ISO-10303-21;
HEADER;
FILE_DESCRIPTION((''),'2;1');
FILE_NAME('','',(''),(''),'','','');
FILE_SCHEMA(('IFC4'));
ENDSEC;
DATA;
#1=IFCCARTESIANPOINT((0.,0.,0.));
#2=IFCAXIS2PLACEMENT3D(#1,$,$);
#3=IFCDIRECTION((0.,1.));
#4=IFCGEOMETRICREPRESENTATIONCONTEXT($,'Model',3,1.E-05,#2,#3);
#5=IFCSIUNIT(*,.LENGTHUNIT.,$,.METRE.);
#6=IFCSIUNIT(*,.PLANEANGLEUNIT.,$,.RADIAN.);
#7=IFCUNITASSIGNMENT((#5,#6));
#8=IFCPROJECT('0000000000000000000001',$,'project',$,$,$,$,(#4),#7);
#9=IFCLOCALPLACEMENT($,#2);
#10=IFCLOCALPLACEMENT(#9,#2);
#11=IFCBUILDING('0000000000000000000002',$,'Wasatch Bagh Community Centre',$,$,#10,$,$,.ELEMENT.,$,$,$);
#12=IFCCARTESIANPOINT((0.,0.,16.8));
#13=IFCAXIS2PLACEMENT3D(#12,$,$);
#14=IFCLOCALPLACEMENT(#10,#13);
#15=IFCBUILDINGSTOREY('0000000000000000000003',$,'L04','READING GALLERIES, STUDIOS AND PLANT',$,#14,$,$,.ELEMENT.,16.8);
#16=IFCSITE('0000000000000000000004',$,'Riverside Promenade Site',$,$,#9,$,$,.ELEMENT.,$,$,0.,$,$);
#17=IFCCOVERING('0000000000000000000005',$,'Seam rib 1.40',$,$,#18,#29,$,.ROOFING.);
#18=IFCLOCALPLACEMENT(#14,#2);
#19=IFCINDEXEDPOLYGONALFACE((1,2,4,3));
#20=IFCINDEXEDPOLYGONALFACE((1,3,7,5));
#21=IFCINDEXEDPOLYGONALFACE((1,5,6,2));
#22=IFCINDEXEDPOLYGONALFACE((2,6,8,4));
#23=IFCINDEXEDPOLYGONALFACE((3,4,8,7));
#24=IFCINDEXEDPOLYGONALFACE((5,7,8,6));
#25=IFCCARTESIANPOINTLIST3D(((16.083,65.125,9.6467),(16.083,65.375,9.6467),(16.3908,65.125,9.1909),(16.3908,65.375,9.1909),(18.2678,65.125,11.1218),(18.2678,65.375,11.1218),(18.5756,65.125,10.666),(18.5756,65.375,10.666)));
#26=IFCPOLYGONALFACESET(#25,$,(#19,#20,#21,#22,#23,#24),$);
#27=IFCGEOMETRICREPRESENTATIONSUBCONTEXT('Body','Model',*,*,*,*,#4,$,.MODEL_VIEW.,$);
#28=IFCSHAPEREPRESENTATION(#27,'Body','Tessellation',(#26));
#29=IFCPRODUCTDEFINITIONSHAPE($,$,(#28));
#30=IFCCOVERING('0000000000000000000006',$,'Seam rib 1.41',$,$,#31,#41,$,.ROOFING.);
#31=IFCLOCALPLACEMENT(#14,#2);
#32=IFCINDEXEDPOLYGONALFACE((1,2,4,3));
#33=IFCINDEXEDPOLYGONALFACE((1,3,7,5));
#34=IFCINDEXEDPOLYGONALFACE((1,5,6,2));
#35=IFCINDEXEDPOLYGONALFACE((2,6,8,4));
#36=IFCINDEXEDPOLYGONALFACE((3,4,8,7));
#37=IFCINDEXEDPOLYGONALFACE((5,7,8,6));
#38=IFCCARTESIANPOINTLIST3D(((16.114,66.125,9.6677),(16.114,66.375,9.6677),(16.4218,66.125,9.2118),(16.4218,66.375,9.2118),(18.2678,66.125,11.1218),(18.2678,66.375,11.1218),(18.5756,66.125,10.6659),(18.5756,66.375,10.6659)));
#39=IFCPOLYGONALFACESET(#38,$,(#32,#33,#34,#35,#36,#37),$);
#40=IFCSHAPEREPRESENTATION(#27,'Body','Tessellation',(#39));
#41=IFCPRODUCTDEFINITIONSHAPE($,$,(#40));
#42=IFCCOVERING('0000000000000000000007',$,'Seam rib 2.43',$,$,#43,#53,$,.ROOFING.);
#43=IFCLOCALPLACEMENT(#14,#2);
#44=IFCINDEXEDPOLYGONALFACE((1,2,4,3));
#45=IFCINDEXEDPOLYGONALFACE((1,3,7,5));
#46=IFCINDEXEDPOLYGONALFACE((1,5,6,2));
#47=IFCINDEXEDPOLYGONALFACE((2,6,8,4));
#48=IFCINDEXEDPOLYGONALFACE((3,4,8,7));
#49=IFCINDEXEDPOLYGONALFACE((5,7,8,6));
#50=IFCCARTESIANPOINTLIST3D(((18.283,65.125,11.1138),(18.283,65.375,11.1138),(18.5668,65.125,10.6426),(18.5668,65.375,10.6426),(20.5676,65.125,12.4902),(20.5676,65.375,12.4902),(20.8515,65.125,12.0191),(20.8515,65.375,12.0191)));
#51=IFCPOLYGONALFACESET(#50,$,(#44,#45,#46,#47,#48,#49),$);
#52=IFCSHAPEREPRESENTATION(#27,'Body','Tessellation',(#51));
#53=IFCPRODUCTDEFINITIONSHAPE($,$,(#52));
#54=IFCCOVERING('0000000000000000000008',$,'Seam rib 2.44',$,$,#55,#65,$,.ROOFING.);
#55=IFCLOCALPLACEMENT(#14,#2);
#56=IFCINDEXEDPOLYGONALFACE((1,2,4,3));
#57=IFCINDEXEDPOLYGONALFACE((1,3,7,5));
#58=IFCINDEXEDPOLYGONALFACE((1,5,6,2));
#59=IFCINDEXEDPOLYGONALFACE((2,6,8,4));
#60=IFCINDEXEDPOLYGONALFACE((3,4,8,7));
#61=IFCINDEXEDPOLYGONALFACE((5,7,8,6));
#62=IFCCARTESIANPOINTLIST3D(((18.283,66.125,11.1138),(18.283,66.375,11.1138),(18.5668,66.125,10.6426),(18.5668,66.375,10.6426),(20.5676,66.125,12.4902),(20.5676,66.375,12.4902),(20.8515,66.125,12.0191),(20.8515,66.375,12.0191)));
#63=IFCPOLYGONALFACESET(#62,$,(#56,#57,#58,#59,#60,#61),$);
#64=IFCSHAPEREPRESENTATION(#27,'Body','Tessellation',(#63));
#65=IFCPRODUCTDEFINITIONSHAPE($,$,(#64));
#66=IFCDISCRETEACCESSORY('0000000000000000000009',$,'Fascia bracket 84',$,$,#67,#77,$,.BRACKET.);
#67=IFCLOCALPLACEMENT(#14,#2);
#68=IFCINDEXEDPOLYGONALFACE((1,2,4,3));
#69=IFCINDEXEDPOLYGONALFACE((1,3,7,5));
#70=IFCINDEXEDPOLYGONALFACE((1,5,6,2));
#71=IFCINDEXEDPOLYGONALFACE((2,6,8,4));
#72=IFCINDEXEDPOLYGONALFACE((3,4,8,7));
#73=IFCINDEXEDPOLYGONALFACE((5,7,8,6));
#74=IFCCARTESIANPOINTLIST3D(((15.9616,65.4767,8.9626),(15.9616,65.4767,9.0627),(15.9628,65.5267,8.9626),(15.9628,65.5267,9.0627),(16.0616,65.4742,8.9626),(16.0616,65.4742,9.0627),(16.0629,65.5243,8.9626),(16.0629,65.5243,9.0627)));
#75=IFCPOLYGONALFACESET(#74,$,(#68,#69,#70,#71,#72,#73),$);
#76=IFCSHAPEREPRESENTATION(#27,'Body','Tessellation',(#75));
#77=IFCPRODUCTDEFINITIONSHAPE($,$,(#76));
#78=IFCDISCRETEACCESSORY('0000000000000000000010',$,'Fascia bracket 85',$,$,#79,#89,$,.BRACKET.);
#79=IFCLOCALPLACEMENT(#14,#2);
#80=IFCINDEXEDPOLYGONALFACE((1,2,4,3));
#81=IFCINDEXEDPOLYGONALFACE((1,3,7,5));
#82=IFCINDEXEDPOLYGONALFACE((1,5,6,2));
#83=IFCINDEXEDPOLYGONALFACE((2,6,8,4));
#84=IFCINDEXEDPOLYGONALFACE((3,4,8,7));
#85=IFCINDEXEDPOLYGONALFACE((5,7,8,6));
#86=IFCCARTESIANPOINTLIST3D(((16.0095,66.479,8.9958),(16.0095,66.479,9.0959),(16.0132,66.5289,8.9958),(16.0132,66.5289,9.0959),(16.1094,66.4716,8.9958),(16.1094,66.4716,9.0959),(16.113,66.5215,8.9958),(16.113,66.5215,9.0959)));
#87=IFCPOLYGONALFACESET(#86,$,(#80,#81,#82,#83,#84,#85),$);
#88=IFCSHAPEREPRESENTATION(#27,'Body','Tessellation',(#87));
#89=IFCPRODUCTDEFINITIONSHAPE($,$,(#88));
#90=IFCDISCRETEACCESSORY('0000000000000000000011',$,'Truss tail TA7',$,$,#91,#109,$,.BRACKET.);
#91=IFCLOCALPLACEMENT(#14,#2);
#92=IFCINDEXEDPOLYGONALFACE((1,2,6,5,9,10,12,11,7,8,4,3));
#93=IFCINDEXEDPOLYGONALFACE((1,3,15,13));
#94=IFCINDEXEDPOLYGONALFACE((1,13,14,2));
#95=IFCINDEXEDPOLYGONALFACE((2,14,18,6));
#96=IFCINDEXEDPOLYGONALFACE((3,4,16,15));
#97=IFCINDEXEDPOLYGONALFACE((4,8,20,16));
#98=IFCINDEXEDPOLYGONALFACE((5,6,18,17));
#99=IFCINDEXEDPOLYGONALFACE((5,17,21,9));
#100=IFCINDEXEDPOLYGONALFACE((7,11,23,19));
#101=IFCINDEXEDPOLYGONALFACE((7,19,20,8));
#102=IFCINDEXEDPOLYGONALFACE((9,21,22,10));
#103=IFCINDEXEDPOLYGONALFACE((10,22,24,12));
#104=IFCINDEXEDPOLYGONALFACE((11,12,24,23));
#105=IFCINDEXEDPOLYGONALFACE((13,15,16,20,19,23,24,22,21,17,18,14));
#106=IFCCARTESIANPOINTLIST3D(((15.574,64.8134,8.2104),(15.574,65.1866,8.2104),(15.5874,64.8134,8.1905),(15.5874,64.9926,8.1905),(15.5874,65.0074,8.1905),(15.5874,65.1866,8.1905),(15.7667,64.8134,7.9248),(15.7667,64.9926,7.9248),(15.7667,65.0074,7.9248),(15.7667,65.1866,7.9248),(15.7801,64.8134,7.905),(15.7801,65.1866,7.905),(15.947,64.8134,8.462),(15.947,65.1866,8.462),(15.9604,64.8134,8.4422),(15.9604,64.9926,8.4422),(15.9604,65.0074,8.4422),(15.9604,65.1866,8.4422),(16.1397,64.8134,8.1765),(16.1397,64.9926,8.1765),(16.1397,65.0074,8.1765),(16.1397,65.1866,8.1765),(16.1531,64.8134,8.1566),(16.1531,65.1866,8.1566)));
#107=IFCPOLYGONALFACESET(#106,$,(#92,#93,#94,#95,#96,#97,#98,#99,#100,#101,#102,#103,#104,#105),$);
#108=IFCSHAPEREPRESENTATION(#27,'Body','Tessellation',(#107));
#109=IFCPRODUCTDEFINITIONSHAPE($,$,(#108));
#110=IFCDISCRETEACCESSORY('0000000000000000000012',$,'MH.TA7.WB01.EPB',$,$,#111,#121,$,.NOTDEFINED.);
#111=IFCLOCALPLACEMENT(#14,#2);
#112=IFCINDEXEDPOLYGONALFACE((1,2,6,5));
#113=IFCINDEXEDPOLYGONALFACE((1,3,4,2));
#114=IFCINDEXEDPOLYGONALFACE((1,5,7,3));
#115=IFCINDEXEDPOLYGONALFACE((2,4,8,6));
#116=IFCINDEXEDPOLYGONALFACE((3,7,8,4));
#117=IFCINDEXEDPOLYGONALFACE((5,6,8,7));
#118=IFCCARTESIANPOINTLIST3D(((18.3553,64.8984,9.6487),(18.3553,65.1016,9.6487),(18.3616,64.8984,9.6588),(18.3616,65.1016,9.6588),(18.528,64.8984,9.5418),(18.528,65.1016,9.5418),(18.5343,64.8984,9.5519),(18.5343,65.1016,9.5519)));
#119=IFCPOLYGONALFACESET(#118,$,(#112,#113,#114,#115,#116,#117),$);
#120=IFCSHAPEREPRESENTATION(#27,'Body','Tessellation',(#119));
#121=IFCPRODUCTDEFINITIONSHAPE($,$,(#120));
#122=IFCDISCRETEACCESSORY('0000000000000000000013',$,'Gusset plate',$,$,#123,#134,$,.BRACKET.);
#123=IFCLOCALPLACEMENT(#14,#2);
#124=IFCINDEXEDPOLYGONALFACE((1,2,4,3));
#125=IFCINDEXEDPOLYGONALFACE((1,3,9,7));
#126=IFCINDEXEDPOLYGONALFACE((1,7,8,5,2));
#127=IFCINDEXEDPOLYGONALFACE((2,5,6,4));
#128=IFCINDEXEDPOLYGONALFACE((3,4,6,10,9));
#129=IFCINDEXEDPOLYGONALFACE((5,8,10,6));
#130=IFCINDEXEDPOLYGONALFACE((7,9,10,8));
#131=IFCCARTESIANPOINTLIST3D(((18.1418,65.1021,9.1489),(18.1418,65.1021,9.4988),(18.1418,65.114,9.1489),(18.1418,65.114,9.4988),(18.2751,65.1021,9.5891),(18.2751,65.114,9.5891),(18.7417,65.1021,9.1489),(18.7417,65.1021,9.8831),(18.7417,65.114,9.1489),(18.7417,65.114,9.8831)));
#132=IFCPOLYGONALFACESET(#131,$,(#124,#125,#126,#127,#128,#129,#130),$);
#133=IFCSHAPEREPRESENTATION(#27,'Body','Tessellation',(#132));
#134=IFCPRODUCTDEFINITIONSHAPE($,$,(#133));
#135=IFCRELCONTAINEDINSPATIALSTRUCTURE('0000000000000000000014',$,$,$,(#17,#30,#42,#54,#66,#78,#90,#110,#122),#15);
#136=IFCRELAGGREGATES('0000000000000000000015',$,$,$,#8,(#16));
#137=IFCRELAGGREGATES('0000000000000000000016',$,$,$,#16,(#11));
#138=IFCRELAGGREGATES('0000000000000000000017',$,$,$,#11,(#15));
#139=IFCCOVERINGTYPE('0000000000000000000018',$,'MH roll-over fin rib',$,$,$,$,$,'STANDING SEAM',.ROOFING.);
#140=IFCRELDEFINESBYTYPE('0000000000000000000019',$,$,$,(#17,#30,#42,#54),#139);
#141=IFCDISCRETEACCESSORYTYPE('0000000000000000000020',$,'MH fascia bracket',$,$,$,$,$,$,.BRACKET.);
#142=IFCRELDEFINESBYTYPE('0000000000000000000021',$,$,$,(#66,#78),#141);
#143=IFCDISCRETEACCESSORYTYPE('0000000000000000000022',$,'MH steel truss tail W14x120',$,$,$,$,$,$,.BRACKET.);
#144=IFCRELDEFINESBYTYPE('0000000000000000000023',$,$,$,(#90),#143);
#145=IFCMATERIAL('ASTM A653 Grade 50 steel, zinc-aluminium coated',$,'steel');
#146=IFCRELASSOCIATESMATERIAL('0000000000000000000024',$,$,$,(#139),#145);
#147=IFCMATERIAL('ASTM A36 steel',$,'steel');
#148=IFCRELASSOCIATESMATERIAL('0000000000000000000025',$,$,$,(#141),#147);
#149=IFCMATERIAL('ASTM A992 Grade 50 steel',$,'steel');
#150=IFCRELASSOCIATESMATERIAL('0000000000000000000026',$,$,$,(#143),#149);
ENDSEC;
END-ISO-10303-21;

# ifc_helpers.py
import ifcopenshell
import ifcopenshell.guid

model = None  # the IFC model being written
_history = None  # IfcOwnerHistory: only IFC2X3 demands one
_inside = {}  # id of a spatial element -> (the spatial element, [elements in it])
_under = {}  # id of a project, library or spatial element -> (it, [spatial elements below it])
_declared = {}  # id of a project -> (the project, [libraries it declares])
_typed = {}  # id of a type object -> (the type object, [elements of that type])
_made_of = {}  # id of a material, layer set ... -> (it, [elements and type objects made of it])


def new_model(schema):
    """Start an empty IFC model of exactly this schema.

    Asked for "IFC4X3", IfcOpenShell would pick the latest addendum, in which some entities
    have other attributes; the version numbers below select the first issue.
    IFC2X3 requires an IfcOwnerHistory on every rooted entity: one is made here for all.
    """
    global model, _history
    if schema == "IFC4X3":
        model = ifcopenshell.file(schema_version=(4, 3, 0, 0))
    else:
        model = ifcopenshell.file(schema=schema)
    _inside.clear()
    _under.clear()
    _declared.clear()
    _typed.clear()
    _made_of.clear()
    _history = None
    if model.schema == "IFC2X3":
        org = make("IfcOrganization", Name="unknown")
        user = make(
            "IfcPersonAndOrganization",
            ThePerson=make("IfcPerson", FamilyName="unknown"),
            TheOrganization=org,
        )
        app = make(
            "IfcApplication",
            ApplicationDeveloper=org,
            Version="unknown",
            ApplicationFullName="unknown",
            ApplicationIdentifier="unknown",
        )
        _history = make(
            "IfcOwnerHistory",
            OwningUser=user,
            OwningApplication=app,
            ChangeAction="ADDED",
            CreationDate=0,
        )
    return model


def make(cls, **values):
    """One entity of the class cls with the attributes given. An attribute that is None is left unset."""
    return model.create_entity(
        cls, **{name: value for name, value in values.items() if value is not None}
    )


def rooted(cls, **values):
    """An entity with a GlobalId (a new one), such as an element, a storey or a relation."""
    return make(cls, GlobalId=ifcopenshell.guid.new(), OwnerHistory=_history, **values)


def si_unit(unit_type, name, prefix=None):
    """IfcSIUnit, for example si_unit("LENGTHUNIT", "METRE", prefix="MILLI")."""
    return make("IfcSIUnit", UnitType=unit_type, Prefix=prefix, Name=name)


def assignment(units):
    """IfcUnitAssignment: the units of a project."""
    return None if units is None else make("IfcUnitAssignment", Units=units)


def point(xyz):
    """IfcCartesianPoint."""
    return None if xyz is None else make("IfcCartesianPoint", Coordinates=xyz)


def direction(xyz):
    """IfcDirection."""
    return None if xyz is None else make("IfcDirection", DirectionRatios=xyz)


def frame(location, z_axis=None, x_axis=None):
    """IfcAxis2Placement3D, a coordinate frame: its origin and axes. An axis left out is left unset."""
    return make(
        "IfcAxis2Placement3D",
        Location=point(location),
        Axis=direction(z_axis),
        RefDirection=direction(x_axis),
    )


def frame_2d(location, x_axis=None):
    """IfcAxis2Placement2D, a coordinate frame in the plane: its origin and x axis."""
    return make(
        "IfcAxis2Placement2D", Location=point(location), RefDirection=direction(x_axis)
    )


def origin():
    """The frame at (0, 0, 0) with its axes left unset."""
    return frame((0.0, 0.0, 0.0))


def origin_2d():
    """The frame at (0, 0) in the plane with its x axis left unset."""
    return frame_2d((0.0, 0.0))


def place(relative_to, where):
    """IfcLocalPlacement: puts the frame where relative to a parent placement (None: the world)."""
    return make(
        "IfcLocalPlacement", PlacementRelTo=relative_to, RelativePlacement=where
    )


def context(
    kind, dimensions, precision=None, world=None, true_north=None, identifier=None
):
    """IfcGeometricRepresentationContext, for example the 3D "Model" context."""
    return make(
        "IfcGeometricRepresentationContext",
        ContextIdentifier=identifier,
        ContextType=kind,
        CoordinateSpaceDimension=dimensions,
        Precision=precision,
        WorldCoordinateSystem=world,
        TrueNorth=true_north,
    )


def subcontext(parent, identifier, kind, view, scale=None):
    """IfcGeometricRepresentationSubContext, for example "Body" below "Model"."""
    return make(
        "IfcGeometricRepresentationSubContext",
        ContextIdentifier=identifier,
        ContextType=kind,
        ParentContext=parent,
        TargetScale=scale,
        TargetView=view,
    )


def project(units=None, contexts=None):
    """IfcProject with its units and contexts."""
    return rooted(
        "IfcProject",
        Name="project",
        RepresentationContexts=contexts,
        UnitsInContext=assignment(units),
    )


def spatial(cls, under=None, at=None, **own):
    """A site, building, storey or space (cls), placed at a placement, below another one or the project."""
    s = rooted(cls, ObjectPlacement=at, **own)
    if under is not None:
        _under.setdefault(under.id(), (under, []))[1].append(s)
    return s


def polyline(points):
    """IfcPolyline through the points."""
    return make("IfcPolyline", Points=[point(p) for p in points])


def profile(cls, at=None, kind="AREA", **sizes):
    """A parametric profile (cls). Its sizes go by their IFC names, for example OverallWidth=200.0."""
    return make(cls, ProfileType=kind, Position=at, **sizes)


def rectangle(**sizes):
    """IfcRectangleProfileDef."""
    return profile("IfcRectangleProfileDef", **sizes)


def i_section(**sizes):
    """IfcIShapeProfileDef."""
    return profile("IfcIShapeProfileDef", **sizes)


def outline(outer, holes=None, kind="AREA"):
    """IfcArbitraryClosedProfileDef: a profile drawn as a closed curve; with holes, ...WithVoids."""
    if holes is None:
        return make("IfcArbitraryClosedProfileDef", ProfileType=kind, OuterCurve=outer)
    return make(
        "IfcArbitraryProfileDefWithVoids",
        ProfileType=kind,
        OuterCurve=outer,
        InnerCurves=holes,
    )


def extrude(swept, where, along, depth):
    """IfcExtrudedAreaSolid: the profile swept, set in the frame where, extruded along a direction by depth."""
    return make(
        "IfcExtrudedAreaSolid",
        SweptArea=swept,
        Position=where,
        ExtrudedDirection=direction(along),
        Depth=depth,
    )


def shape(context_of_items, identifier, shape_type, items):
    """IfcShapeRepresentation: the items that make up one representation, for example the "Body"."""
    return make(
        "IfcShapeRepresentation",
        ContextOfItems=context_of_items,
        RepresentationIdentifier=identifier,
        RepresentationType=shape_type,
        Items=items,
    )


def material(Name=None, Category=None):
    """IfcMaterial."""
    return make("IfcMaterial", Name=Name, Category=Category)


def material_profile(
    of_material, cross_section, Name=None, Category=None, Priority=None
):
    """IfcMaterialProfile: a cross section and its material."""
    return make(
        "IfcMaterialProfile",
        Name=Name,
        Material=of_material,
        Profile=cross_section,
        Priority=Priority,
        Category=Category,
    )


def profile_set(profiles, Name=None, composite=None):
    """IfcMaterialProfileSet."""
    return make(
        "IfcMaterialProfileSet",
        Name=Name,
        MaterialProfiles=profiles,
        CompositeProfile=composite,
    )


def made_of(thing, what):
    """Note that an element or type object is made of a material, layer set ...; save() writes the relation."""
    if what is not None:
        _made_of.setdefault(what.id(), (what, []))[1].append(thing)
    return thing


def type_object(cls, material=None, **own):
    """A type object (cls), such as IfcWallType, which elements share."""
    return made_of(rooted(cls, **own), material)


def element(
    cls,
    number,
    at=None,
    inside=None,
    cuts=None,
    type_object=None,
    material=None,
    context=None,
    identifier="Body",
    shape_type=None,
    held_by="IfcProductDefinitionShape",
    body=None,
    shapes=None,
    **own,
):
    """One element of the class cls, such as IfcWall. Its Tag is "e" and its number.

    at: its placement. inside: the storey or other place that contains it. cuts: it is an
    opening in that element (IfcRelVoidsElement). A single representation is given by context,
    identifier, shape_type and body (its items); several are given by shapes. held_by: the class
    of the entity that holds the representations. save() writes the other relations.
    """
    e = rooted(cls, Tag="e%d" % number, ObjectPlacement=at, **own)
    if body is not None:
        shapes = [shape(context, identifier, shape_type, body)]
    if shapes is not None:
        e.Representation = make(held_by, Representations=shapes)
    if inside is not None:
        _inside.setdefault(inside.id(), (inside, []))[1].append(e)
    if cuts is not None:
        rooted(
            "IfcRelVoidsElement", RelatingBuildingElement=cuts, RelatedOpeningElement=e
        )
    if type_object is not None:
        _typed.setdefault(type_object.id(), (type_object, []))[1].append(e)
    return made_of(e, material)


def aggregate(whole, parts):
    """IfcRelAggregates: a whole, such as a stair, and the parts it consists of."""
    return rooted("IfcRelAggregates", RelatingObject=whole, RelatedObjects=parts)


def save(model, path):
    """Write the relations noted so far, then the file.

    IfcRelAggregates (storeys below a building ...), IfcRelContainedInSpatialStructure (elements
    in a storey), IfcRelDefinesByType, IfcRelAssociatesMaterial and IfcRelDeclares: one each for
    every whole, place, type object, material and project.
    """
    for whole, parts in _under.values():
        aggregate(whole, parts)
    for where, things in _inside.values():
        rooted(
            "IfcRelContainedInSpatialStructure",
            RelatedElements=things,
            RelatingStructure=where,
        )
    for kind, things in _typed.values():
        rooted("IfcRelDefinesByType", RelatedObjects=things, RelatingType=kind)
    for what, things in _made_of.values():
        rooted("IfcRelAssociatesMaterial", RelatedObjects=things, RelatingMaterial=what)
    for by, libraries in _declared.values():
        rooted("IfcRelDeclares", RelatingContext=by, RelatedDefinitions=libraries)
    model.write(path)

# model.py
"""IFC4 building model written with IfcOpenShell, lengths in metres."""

from ifc_helpers import new_model, si_unit, direction, frame, origin, origin_2d, place, context, subcontext, project, spatial, polyline, rectangle, i_section, outline, extrude, material, material_profile, profile_set, type_object, element, save


model = new_model("IFC4")

# Units and contexts
model_context = context("Model", 3, precision=1e-05, world=origin(), true_north=direction((0.0, 1.0)))
body_context = subcontext(model_context, "Body", "Model", "MODEL_VIEW")
ifc_project = project(units=[si_unit("LENGTHUNIT", "METRE"), si_unit("PLANEANGLEUNIT", "RADIAN")], contexts=[model_context])

# Site, building, storey
site_placement = place(None, origin())
site = spatial("IfcSite", under=ifc_project, at=site_placement, Name="Riverside Promenade Site", CompositionType="ELEMENT", RefElevation=0.0)
building_placement = place(site_placement, origin())
building = spatial("IfcBuilding", under=site, at=building_placement, Name="Wasatch Bagh Community Centre", CompositionType="ELEMENT")
storey_placement = place(building_placement, frame((0.0, 0.0, 16.8)))
storey = spatial("IfcBuildingStorey", under=building, at=storey_placement, Name="L04", Description="READING GALLERIES, STUDIOS AND PLANT", CompositionType="ELEMENT", Elevation=16.8)

# Shared definitions
ifc_material_1 = material(Name="ASTM A992 Grade 50 steel", Category="steel")

# Coverings
ifc_material_2 = material(Name="ASTM A653 Grade 50 steel, zinc-aluminium coated", Category="steel")
covering_type_1 = type_object("IfcCoveringType", Name="MH roll-over fin rib", ElementType="STANDING SEAM", PredefinedType="ROOFING", material=ifc_material_2)
covering_1_placement = place(storey_placement, frame((16.083, 65.125, 9.6467), z_axis=(-0.559564, 0.0, 0.828787), x_axis=(0.828787, 0.0, 0.559564)))
element("IfcCovering", 1, at=covering_1_placement, inside=storey, type_object=covering_type_1, Name="Seam rib 1.40", PredefinedType="ROOFING", context=body_context, shape_type="SweptSolid", body=[
    extrude(outline(polyline([(0.0, 0.0), (2.6362, 0.0), (2.6362, 0.25), (0.0, 0.25), (0.0, 0.0)])), origin(), (0.0, 0.0, -1.0), 0.55),
])
covering_2_placement = place(storey_placement, frame((16.114, 66.125, 9.6677), z_axis=(-0.559547, 0.0, 0.828799), x_axis=(0.828799, 0.0, 0.559547)))
element("IfcCovering", 2, at=covering_2_placement, inside=storey, type_object=covering_type_1, Name="Seam rib 1.41", PredefinedType="ROOFING", context=body_context, shape_type="SweptSolid", body=[
    extrude(outline(polyline([(0.0, 0.0), (2.5987, 0.0), (2.5987, 0.25), (0.0, 0.25), (0.0, 0.0)])), origin(), (0.0, 0.0, -1.0), 0.55),
])
for number, where, z_axis, x_axis, name in (
    (3, (18.283, 65.125, 11.1138), (-0.516056, 0.0, 0.856555), (0.856555, 0.0, 0.516056), "Seam rib 2.43"),
    (4, (18.283, 66.125, 11.1138), (-0.516056, 0.0, 0.856555), (0.856555, 0.0, 0.516056), "Seam rib 2.44"),
):
    element("IfcCovering", number, at=place(storey_placement, frame(where, z_axis=z_axis, x_axis=x_axis)), inside=storey, type_object=covering_type_1, Name=name, PredefinedType="ROOFING", context=body_context, shape_type="SweptSolid", body=[
        extrude(outline(polyline([(0.0, 0.0), (2.6673, 0.0), (2.6673, 0.25), (0.0, 0.25), (0.0, 0.0)])), origin(), (0.0, 0.0, -1.0), 0.55),
    ])

# Discrete accessories
ifc_material_3 = material(Name="ASTM A36 steel", Category="steel")
discrete_accessory_type_1 = type_object("IfcDiscreteAccessoryType", Name="MH fascia bracket", PredefinedType="BRACKET", material=ifc_material_3)
for number, where, z_axis, x_axis, name in (
    (5, (16.0122, 65.5005, 8.9626), (0.0, 0.0, 1.0), (-0.999699, 0.024541, 0.0), "Fascia bracket 84"),
    (6, (16.0613, 66.5002, 8.9958), (0.0, 0.0, 1.0), (-0.99729, 0.073565, 0.0), "Fascia bracket 85"),
):
    element("IfcDiscreteAccessory", number, at=place(storey_placement, frame(where, z_axis=z_axis, x_axis=x_axis)), inside=storey, type_object=discrete_accessory_type_1, Name=name, PredefinedType="BRACKET", context=body_context, shape_type="SweptSolid", body=[
        extrude(rectangle(XDim=0.1001, YDim=0.05, at=origin_2d()), origin(), (0.0, 0.0, 1.0), 0.1001),
    ])
ifc_material_profile_1 = material_profile(ifc_material_1, i_section(OverallWidth=0.3733, OverallDepth=0.3684, WebThickness=0.0149, FlangeThickness=0.0239, at=origin_2d()), Name="W14x120")
ifc_profile_set_1 = profile_set([ifc_material_profile_1], Name="ASTM A992 Grade 50 steel")
discrete_accessory_type_2 = type_object("IfcDiscreteAccessoryType", Name="MH steel truss tail W14x120", PredefinedType="BRACKET", material=ifc_profile_set_1)
discrete_accessory_1_placement = place(storey_placement, frame((16.05, 65.0, 8.3093), z_axis=(-0.828949, 0.0, -0.559324), x_axis=(0.0, -1.0, 0.0)))
element("IfcDiscreteAccessory", 7, at=discrete_accessory_1_placement, inside=storey, type_object=discrete_accessory_type_2, Name="Truss tail TA7", PredefinedType="BRACKET", context=body_context, shape_type="SweptSolid", body=[
    extrude(i_section(OverallWidth=0.3733, OverallDepth=0.3684, WebThickness=0.0149, FlangeThickness=0.0239, at=origin_2d()), origin(), (0.0, 0.0, 1.0), 0.45),
])
discrete_accessory_2_placement = place(storey_placement, frame((18.4417, 65.0, 9.5952), z_axis=(0.526355, 0.0, 0.850265), x_axis=(0.0, 1.0, 0.0)))
element("IfcDiscreteAccessory", 8, at=discrete_accessory_2_placement, inside=storey, Name="MH.TA7.WB01.EPB", PredefinedType="NOTDEFINED", context=body_context, shape_type="SweptSolid", body=[
    extrude(rectangle(XDim=0.2031, YDim=0.2031, at=origin_2d()), origin(), (0.0, 0.0, 1.0), 0.012),
])
discrete_accessory_3_placement = place(storey_placement, frame((18.1418, 65.114, 9.4988), z_axis=(0.0, 1.0, 0.0), x_axis=(0.827828, 0.0, 0.560982)))
element("IfcDiscreteAccessory", 9, at=discrete_accessory_3_placement, inside=storey, Name="Gusset plate", PredefinedType="BRACKET", context=body_context, shape_type="SweptSolid", body=[
    extrude(outline(polyline([(0.0, 0.0), (0.161, 0.0), (0.7121, 0.0184), (0.3003, 0.6261), (-0.1963, 0.2896), (0.0, 0.0)])), origin(), (0.0, 0.0, -1.0), 0.012),
])

save(model, "model.ifc")
